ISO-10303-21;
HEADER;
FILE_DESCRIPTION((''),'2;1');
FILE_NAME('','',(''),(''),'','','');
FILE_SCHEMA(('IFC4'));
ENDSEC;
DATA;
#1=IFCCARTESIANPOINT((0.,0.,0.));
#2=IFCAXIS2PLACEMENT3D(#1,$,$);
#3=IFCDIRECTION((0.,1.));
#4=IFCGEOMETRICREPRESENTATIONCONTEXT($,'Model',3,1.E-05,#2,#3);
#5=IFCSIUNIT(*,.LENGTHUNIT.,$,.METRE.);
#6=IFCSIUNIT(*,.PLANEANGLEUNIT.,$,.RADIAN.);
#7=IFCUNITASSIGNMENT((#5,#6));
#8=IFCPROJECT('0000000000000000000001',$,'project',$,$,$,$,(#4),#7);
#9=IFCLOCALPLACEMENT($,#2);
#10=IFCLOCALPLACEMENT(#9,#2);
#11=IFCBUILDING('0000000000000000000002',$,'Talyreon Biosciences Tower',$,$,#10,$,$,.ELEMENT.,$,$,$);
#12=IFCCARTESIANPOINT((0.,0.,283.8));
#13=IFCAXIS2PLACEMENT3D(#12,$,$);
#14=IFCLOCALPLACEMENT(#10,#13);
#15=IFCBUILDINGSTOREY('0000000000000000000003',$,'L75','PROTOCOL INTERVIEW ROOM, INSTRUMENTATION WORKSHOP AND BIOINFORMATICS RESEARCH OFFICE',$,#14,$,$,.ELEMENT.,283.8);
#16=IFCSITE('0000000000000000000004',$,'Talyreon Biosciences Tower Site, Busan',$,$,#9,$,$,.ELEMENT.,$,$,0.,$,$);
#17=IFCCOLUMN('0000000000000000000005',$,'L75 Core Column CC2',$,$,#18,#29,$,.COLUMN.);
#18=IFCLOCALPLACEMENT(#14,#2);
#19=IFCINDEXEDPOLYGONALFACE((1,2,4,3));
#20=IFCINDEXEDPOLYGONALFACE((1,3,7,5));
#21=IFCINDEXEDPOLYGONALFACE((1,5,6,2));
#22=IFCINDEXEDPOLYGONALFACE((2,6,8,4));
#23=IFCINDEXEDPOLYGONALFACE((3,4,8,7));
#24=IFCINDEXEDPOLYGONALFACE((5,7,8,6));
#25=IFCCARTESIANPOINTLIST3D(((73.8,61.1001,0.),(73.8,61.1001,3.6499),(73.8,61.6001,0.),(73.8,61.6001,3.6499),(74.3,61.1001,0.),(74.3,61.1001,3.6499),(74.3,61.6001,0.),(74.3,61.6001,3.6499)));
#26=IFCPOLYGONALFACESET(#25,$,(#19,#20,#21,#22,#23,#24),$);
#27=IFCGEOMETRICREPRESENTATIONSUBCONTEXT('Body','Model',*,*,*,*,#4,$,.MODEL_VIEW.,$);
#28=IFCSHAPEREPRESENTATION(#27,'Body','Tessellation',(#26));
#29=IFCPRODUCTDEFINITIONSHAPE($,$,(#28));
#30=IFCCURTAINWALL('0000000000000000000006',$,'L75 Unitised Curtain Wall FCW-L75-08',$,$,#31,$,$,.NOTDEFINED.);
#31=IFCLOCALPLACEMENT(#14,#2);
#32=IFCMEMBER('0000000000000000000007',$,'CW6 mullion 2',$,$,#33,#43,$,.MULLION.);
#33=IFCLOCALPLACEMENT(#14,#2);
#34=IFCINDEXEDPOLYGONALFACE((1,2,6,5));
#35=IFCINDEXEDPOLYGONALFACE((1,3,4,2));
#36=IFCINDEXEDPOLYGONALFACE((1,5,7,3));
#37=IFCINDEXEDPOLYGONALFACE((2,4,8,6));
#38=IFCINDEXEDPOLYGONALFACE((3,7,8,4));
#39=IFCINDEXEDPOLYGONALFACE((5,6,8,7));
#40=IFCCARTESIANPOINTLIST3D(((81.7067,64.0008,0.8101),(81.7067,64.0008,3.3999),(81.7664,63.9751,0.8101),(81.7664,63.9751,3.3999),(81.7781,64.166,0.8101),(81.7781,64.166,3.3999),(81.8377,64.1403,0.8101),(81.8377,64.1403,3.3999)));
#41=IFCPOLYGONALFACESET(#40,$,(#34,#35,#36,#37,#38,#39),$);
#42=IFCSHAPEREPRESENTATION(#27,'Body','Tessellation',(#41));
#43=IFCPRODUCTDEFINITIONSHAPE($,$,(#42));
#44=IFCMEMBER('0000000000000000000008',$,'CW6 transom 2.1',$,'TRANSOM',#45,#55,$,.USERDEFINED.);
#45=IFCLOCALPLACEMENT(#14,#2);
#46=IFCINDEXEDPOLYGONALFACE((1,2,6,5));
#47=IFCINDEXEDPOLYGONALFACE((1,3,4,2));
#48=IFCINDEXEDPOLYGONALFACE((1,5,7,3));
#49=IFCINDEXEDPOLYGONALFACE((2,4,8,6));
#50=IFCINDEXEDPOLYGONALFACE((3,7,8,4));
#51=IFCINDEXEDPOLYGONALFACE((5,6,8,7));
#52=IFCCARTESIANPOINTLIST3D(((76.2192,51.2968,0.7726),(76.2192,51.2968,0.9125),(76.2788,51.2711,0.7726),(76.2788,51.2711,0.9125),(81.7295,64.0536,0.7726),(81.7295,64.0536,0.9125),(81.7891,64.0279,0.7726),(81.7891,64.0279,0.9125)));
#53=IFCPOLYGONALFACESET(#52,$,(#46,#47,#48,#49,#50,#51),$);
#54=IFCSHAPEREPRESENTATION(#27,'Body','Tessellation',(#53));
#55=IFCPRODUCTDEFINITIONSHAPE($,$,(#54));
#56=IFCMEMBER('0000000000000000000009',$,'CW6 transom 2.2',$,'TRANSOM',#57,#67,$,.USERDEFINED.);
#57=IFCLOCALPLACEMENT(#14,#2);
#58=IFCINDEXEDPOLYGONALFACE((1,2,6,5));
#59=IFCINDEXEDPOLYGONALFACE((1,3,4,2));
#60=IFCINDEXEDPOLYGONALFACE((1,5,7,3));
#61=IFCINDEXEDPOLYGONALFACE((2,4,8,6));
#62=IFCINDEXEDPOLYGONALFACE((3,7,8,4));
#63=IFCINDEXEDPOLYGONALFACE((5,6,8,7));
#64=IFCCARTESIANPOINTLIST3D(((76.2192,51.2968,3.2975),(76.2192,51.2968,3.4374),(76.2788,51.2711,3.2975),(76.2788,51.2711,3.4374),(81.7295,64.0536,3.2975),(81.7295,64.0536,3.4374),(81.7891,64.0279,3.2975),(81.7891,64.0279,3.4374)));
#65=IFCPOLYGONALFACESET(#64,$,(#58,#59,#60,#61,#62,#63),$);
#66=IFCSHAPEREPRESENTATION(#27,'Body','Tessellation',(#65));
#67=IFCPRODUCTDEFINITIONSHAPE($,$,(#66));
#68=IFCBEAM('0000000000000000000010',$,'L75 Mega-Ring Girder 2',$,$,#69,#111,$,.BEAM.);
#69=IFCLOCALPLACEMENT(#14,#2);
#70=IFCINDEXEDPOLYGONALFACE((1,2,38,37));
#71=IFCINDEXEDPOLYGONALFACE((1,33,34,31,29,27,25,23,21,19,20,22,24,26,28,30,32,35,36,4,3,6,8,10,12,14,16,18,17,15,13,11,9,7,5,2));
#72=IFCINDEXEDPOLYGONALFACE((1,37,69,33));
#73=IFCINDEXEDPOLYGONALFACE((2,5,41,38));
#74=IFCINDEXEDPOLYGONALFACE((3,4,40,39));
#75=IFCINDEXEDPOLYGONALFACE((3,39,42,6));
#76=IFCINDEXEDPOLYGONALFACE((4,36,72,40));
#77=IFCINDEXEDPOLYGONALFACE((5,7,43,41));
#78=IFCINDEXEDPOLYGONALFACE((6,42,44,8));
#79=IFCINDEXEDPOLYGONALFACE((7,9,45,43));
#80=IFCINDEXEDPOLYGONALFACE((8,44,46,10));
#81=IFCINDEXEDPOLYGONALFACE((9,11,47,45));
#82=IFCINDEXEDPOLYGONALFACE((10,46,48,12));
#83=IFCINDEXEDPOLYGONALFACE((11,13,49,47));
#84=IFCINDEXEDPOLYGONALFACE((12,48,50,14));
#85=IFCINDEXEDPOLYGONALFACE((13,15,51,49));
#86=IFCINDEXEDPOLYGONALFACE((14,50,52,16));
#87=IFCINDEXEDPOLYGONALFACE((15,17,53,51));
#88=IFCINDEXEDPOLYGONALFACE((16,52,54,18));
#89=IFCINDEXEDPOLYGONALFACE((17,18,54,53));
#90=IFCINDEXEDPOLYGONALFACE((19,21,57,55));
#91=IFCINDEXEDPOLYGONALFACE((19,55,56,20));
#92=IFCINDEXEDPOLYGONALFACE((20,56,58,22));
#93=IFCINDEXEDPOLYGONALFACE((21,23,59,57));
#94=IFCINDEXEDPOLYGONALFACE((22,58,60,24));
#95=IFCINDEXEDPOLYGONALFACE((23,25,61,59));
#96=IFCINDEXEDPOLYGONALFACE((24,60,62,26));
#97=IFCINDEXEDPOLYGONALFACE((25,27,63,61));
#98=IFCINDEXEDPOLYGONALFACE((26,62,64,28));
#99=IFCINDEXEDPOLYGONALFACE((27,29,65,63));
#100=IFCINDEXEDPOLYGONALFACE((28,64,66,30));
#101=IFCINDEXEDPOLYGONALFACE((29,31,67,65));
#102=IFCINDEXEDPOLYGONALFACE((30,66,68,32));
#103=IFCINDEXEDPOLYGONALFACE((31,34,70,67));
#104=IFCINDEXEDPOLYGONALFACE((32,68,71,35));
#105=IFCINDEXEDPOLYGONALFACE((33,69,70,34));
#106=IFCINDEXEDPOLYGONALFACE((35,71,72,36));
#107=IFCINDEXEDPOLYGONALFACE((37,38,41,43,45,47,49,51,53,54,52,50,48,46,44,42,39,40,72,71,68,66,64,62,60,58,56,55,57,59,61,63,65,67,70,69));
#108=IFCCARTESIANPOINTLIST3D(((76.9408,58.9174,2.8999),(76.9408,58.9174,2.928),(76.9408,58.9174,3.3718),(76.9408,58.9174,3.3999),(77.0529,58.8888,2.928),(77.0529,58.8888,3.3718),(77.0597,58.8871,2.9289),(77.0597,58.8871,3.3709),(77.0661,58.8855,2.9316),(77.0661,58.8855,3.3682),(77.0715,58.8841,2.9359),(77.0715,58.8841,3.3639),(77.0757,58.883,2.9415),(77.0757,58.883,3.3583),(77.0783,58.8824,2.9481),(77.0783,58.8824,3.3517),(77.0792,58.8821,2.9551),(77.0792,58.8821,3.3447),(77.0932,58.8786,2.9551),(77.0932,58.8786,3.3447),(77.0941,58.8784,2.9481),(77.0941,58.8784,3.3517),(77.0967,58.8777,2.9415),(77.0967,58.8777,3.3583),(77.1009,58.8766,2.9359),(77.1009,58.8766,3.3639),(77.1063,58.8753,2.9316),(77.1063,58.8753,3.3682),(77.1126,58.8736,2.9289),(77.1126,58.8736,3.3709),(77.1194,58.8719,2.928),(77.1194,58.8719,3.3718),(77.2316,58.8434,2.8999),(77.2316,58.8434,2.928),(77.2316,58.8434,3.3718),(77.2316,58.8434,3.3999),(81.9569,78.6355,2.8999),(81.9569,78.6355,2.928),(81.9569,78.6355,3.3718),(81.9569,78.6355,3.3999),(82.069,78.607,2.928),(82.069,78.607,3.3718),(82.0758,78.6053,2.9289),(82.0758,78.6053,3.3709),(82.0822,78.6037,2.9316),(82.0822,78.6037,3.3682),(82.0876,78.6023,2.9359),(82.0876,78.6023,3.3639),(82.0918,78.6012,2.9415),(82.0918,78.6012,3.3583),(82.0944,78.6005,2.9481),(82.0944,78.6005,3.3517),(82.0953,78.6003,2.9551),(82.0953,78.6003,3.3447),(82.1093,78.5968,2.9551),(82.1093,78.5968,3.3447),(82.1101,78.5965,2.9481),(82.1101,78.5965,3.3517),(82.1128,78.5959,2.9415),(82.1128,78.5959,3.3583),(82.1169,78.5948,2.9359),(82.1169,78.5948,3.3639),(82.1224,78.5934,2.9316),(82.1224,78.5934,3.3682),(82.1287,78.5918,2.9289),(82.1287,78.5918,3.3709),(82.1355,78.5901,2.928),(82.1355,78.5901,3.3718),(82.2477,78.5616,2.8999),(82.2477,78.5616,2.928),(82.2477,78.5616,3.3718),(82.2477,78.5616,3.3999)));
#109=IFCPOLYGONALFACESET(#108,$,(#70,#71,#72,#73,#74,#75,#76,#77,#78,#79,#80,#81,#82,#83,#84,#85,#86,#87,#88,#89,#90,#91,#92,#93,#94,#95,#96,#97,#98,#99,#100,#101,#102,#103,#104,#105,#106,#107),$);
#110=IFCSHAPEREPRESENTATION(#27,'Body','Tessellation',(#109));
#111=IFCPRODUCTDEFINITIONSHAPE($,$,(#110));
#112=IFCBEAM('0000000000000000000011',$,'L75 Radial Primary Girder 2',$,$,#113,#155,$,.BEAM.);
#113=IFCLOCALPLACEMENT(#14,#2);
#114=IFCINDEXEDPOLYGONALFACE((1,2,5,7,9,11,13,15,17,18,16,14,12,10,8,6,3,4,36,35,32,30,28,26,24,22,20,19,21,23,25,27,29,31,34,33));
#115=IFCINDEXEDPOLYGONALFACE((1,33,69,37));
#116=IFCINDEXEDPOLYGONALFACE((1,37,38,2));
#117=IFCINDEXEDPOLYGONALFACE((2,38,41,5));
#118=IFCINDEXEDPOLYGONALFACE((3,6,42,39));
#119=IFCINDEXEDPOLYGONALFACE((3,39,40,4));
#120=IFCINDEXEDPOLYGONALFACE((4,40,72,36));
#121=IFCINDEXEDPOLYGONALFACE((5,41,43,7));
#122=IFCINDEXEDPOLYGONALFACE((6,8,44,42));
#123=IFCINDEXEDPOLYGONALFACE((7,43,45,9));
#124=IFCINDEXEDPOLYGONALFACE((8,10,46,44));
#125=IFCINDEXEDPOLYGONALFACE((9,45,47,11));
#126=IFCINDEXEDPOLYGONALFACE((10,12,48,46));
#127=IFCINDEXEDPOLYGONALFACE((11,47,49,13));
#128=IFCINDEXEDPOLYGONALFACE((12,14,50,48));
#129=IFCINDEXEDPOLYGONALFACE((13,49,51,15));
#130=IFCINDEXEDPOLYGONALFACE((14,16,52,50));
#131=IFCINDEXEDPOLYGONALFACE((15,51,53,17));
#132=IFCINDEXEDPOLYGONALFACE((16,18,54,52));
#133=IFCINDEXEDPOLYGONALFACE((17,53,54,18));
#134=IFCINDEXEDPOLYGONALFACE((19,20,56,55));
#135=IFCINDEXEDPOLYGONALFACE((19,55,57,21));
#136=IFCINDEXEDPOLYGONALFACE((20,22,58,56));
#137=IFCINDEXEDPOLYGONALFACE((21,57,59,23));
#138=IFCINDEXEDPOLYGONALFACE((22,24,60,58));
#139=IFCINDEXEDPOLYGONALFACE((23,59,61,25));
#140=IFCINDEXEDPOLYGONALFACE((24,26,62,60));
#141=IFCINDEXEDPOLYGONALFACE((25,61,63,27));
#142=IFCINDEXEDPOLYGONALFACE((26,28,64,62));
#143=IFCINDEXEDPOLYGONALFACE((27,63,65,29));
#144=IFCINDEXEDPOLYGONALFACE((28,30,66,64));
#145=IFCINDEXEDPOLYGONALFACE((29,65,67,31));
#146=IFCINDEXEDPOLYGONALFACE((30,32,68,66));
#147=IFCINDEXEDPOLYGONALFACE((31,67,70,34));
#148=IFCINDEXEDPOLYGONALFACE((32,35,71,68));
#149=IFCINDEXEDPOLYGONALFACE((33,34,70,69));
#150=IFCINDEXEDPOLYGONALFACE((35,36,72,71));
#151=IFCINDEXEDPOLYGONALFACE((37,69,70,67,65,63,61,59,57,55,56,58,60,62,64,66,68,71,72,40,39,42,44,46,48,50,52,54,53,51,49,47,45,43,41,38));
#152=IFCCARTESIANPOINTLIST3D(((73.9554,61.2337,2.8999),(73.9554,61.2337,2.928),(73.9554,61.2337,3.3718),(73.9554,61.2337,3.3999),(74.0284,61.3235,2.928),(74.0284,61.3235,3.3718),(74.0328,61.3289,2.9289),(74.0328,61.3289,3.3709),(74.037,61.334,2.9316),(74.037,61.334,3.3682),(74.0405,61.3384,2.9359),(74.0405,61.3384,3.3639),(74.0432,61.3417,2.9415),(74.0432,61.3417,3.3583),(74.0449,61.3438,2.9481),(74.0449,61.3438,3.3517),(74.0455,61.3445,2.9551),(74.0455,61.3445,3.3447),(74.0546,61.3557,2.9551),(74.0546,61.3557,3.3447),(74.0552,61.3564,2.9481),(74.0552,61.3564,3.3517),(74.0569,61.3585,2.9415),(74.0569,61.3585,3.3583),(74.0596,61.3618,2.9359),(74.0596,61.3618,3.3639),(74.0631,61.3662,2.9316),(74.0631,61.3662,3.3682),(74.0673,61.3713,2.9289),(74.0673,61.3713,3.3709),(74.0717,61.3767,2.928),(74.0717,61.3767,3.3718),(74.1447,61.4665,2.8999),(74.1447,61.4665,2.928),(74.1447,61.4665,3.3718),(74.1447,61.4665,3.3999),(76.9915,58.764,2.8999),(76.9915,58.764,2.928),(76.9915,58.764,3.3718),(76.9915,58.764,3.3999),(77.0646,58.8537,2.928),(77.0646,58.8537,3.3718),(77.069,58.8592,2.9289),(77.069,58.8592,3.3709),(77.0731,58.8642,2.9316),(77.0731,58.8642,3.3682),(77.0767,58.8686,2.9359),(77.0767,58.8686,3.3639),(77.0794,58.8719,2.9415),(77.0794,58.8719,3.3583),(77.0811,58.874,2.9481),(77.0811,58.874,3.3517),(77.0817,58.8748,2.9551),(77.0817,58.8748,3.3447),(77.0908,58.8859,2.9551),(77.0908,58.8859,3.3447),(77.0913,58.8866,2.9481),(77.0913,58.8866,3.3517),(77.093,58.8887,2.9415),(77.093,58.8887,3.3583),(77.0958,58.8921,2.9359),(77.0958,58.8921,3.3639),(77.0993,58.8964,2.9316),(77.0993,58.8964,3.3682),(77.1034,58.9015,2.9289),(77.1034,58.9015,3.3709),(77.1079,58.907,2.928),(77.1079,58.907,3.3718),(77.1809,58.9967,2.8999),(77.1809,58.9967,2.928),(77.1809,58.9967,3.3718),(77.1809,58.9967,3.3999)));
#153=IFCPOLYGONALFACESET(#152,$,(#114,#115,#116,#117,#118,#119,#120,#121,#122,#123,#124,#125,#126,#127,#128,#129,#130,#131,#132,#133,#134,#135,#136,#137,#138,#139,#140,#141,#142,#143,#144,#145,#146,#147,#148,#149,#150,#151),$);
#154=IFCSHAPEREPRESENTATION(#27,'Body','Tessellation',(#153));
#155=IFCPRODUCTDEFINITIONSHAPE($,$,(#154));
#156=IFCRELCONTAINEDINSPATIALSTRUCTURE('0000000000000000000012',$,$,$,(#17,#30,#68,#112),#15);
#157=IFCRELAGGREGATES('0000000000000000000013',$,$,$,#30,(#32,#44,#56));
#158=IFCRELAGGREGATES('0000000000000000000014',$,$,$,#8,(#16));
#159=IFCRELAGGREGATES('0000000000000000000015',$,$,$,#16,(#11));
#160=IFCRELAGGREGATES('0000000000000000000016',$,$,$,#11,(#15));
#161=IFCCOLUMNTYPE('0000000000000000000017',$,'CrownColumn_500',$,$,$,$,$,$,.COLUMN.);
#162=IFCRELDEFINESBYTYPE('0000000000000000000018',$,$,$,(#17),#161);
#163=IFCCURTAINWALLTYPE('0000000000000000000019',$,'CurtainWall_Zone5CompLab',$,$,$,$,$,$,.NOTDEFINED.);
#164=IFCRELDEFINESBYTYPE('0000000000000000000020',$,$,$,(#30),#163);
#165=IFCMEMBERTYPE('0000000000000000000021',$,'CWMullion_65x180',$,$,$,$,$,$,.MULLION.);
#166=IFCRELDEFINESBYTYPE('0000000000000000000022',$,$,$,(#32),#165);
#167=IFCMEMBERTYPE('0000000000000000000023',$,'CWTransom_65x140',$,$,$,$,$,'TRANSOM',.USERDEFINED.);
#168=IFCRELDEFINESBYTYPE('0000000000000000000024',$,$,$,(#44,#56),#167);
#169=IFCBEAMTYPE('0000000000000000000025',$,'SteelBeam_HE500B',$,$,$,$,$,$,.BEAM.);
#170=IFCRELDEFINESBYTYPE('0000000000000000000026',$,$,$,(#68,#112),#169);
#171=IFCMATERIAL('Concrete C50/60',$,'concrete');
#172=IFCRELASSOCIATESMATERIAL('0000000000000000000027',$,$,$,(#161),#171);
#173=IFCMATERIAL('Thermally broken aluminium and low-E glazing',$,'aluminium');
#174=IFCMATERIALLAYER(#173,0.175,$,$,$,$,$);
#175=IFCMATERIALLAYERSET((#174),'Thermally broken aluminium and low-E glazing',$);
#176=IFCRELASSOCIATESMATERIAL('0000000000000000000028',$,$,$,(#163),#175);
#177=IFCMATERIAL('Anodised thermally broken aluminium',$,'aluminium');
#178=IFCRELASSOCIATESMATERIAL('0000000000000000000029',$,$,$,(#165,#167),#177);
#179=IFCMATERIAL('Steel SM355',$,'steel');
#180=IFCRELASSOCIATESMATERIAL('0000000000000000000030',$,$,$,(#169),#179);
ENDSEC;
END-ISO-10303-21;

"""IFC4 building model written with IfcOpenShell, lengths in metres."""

from ifc_helpers import new_model, si_unit, direction, frame, origin, origin_2d, place, context, subcontext, project, spatial, rectangle, i_section, extrude, material, layer, layer_set, material_profile, profile_set, type_object, element, aggregate, save


model = new_model("IFC4")

# Units and contexts
model_context = context("Model", 3, precision=1e-05, world=origin(), true_north=direction((0.0, 1.0)))
body_context = subcontext(model_context, "Body", "Model", "MODEL_VIEW")
ifc_project = project(units=[si_unit("LENGTHUNIT", "METRE"), si_unit("PLANEANGLEUNIT", "RADIAN")], contexts=[model_context])

# Site, building, storey
site_placement = place(None, origin())
site = spatial("IfcSite", under=ifc_project, at=site_placement, Name="Talyreon Biosciences Tower Site, Busan", CompositionType="ELEMENT", RefElevation=0.0)
building_placement = place(site_placement, origin())
building = spatial("IfcBuilding", under=site, at=building_placement, Name="Talyreon Biosciences Tower", CompositionType="ELEMENT")
storey_placement = place(building_placement, frame((0.0, 0.0, 283.8)))
storey = spatial("IfcBuildingStorey", under=building, at=storey_placement, Name="L75", Description="PROTOCOL INTERVIEW ROOM, INSTRUMENTATION WORKSHOP AND BIOINFORMATICS RESEARCH OFFICE", CompositionType="ELEMENT", Elevation=283.8)

# Column
ifc_material_1 = material(Name="Concrete C50/60", Category="concrete")
ifc_material_profile_1 = material_profile(ifc_material_1, rectangle(XDim=0.5, YDim=0.5, at=origin_2d()), Name="RC 500x500")
ifc_profile_set_1 = profile_set([ifc_material_profile_1], Name="Concrete C50/60")
column_type = type_object("IfcColumnType", Name="CrownColumn_500", PredefinedType="COLUMN", material=ifc_profile_set_1)
column_placement = place(storey_placement, frame((74.05, 61.3501, 0.0), z_axis=(0.0, 0.0, 1.0), x_axis=(1.0, 0.0, 0.0)))
element("IfcColumn", 1, at=column_placement, inside=storey, type_object=column_type, Name="L75 Core Column CC2", PredefinedType="COLUMN", context=body_context, shape_type="SweptSolid", body=[
    extrude(rectangle(XDim=0.5, YDim=0.5, at=origin_2d()), origin(), (0.0, 0.0, 1.0), 3.6499),
])

# Curtain wall, members
ifc_material_2 = material(Name="Thermally broken aluminium and low-E glazing", Category="aluminium")
ifc_layer_1 = layer(ifc_material_2, 0.175)
ifc_layer_set_1 = layer_set([ifc_layer_1], Name="Thermally broken aluminium and low-E glazing")
curtain_wall_type = type_object("IfcCurtainWallType", Name="CurtainWall_Zone5CompLab", PredefinedType="NOTDEFINED", material=ifc_layer_set_1)
curtain_wall_placement = place(storey_placement, origin())
curtain_wall = element("IfcCurtainWall", 2, at=curtain_wall_placement, inside=storey, type_object=curtain_wall_type, Name="L75 Unitised Curtain Wall FCW-L75-08", PredefinedType="NOTDEFINED")
ifc_material_3 = material(Name="Anodised thermally broken aluminium", Category="aluminium")
ifc_material_profile_2 = material_profile(ifc_material_3, rectangle(XDim=0.0649, YDim=0.1799, at=origin_2d()), Name="ALUM MULLION 65x180")
ifc_profile_set_2 = profile_set([ifc_material_profile_2], Name="Anodised thermally broken aluminium")
member_type_1 = type_object("IfcMemberType", Name="CWMullion_65x180", PredefinedType="MULLION", material=ifc_profile_set_2)
member_1_placement = place(storey_placement, frame((81.7722, 64.0706, 0.8101), z_axis=(0.0, 0.0, 1.0), x_axis=(0.918022, -0.396528, 0.0)))
member_1 = element("IfcMember", 3, at=member_1_placement, type_object=member_type_1, Name="CW6 mullion 2", PredefinedType="MULLION", context=body_context, shape_type="SweptSolid", body=[
    extrude(rectangle(XDim=0.0649, YDim=0.1799, at=origin_2d()), origin(), (0.0, 0.0, 1.0), 2.5898),
])
ifc_material_profile_3 = material_profile(ifc_material_3, rectangle(XDim=0.0649, YDim=0.1399, at=origin_2d()), Name="ALUM TRANSOM 65x140")
ifc_profile_set_3 = profile_set([ifc_material_profile_3], Name="Anodised thermally broken aluminium")
member_type_2 = type_object("IfcMemberType", Name="CWTransom_65x140", ElementType="TRANSOM", PredefinedType="USERDEFINED", material=ifc_profile_set_3)
member_2_placement = place(storey_placement, frame((81.7593, 64.0408, 0.8425), z_axis=(-0.396534, -0.91802, 0.0), x_axis=(0.91802, -0.396534, 0.0)))
member_2 = element("IfcMember", 4, at=member_2_placement, type_object=member_type_2, Name="CW6 transom 2.1", ObjectType="TRANSOM", PredefinedType="USERDEFINED", context=body_context, shape_type="SweptSolid", body=[
    extrude(rectangle(XDim=0.0649, YDim=0.1399, at=origin_2d()), origin(), (0.0, 0.0, 1.0), 13.896),
])
member_3_placement = place(storey_placement, frame((81.7593, 64.0408, 3.3674), z_axis=(-0.396534, -0.91802, 0.0), x_axis=(0.91802, -0.396534, 0.0)))
member_3 = element("IfcMember", 5, at=member_3_placement, type_object=member_type_2, Name="CW6 transom 2.2", ObjectType="TRANSOM", PredefinedType="USERDEFINED", context=body_context, shape_type="SweptSolid", body=[
    extrude(rectangle(XDim=0.0649, YDim=0.1399, at=origin_2d()), origin(), (0.0, 0.0, 1.0), 13.896),
])
aggregate(curtain_wall, [member_1, member_2, member_3])

# Beams
ifc_material_4 = material(Name="Steel SM355", Category="steel")
ifc_material_profile_4 = material_profile(ifc_material_4, i_section(OverallWidth=0.3, OverallDepth=0.5, WebThickness=0.0144, FlangeThickness=0.0281, FilletRadius=0.0271, at=origin_2d()), Name="HE500B")
ifc_profile_set_4 = profile_set([ifc_material_profile_4], Name="Steel SM355")
beam_type_1 = type_object("IfcBeamType", Name="SteelBeam_HE500B", PredefinedType="BEAM", material=ifc_profile_set_4)
beam_1_placement = place(storey_placement, frame((77.0862, 58.8804, 3.1499), z_axis=(0.246537, 0.969133, 0.0), x_axis=(-0.969133, 0.246537, 0.0)))
element("IfcBeam", 6, at=beam_1_placement, inside=storey, type_object=beam_type_1, Name="L75 Mega-Ring Girder 2", PredefinedType="BEAM", context=body_context, shape_type="SweptSolid", body=[
    extrude(i_section(OverallWidth=0.3, OverallDepth=0.5, WebThickness=0.0144, FlangeThickness=0.0281, FilletRadius=0.0271, at=origin_2d()), origin(), (0.0, 0.0, 1.0), 20.3462),
])
beam_2_placement = place(storey_placement, frame((74.05, 61.3501, 3.1499), z_axis=(0.775755, -0.631034, 0.0), x_axis=(0.631034, 0.775755, 0.0)))
element("IfcBeam", 7, at=beam_2_placement, inside=storey, type_object=beam_type_1, Name="L75 Radial Primary Girder 2", PredefinedType="BEAM", context=body_context, shape_type="SweptSolid", body=[
    extrude(i_section(OverallWidth=0.3, OverallDepth=0.5, WebThickness=0.0144, FlangeThickness=0.0281, FilletRadius=0.0271, at=origin_2d()), origin(), (0.0, 0.0, 1.0), 3.9138),
])

save(model, "model.ifc")
